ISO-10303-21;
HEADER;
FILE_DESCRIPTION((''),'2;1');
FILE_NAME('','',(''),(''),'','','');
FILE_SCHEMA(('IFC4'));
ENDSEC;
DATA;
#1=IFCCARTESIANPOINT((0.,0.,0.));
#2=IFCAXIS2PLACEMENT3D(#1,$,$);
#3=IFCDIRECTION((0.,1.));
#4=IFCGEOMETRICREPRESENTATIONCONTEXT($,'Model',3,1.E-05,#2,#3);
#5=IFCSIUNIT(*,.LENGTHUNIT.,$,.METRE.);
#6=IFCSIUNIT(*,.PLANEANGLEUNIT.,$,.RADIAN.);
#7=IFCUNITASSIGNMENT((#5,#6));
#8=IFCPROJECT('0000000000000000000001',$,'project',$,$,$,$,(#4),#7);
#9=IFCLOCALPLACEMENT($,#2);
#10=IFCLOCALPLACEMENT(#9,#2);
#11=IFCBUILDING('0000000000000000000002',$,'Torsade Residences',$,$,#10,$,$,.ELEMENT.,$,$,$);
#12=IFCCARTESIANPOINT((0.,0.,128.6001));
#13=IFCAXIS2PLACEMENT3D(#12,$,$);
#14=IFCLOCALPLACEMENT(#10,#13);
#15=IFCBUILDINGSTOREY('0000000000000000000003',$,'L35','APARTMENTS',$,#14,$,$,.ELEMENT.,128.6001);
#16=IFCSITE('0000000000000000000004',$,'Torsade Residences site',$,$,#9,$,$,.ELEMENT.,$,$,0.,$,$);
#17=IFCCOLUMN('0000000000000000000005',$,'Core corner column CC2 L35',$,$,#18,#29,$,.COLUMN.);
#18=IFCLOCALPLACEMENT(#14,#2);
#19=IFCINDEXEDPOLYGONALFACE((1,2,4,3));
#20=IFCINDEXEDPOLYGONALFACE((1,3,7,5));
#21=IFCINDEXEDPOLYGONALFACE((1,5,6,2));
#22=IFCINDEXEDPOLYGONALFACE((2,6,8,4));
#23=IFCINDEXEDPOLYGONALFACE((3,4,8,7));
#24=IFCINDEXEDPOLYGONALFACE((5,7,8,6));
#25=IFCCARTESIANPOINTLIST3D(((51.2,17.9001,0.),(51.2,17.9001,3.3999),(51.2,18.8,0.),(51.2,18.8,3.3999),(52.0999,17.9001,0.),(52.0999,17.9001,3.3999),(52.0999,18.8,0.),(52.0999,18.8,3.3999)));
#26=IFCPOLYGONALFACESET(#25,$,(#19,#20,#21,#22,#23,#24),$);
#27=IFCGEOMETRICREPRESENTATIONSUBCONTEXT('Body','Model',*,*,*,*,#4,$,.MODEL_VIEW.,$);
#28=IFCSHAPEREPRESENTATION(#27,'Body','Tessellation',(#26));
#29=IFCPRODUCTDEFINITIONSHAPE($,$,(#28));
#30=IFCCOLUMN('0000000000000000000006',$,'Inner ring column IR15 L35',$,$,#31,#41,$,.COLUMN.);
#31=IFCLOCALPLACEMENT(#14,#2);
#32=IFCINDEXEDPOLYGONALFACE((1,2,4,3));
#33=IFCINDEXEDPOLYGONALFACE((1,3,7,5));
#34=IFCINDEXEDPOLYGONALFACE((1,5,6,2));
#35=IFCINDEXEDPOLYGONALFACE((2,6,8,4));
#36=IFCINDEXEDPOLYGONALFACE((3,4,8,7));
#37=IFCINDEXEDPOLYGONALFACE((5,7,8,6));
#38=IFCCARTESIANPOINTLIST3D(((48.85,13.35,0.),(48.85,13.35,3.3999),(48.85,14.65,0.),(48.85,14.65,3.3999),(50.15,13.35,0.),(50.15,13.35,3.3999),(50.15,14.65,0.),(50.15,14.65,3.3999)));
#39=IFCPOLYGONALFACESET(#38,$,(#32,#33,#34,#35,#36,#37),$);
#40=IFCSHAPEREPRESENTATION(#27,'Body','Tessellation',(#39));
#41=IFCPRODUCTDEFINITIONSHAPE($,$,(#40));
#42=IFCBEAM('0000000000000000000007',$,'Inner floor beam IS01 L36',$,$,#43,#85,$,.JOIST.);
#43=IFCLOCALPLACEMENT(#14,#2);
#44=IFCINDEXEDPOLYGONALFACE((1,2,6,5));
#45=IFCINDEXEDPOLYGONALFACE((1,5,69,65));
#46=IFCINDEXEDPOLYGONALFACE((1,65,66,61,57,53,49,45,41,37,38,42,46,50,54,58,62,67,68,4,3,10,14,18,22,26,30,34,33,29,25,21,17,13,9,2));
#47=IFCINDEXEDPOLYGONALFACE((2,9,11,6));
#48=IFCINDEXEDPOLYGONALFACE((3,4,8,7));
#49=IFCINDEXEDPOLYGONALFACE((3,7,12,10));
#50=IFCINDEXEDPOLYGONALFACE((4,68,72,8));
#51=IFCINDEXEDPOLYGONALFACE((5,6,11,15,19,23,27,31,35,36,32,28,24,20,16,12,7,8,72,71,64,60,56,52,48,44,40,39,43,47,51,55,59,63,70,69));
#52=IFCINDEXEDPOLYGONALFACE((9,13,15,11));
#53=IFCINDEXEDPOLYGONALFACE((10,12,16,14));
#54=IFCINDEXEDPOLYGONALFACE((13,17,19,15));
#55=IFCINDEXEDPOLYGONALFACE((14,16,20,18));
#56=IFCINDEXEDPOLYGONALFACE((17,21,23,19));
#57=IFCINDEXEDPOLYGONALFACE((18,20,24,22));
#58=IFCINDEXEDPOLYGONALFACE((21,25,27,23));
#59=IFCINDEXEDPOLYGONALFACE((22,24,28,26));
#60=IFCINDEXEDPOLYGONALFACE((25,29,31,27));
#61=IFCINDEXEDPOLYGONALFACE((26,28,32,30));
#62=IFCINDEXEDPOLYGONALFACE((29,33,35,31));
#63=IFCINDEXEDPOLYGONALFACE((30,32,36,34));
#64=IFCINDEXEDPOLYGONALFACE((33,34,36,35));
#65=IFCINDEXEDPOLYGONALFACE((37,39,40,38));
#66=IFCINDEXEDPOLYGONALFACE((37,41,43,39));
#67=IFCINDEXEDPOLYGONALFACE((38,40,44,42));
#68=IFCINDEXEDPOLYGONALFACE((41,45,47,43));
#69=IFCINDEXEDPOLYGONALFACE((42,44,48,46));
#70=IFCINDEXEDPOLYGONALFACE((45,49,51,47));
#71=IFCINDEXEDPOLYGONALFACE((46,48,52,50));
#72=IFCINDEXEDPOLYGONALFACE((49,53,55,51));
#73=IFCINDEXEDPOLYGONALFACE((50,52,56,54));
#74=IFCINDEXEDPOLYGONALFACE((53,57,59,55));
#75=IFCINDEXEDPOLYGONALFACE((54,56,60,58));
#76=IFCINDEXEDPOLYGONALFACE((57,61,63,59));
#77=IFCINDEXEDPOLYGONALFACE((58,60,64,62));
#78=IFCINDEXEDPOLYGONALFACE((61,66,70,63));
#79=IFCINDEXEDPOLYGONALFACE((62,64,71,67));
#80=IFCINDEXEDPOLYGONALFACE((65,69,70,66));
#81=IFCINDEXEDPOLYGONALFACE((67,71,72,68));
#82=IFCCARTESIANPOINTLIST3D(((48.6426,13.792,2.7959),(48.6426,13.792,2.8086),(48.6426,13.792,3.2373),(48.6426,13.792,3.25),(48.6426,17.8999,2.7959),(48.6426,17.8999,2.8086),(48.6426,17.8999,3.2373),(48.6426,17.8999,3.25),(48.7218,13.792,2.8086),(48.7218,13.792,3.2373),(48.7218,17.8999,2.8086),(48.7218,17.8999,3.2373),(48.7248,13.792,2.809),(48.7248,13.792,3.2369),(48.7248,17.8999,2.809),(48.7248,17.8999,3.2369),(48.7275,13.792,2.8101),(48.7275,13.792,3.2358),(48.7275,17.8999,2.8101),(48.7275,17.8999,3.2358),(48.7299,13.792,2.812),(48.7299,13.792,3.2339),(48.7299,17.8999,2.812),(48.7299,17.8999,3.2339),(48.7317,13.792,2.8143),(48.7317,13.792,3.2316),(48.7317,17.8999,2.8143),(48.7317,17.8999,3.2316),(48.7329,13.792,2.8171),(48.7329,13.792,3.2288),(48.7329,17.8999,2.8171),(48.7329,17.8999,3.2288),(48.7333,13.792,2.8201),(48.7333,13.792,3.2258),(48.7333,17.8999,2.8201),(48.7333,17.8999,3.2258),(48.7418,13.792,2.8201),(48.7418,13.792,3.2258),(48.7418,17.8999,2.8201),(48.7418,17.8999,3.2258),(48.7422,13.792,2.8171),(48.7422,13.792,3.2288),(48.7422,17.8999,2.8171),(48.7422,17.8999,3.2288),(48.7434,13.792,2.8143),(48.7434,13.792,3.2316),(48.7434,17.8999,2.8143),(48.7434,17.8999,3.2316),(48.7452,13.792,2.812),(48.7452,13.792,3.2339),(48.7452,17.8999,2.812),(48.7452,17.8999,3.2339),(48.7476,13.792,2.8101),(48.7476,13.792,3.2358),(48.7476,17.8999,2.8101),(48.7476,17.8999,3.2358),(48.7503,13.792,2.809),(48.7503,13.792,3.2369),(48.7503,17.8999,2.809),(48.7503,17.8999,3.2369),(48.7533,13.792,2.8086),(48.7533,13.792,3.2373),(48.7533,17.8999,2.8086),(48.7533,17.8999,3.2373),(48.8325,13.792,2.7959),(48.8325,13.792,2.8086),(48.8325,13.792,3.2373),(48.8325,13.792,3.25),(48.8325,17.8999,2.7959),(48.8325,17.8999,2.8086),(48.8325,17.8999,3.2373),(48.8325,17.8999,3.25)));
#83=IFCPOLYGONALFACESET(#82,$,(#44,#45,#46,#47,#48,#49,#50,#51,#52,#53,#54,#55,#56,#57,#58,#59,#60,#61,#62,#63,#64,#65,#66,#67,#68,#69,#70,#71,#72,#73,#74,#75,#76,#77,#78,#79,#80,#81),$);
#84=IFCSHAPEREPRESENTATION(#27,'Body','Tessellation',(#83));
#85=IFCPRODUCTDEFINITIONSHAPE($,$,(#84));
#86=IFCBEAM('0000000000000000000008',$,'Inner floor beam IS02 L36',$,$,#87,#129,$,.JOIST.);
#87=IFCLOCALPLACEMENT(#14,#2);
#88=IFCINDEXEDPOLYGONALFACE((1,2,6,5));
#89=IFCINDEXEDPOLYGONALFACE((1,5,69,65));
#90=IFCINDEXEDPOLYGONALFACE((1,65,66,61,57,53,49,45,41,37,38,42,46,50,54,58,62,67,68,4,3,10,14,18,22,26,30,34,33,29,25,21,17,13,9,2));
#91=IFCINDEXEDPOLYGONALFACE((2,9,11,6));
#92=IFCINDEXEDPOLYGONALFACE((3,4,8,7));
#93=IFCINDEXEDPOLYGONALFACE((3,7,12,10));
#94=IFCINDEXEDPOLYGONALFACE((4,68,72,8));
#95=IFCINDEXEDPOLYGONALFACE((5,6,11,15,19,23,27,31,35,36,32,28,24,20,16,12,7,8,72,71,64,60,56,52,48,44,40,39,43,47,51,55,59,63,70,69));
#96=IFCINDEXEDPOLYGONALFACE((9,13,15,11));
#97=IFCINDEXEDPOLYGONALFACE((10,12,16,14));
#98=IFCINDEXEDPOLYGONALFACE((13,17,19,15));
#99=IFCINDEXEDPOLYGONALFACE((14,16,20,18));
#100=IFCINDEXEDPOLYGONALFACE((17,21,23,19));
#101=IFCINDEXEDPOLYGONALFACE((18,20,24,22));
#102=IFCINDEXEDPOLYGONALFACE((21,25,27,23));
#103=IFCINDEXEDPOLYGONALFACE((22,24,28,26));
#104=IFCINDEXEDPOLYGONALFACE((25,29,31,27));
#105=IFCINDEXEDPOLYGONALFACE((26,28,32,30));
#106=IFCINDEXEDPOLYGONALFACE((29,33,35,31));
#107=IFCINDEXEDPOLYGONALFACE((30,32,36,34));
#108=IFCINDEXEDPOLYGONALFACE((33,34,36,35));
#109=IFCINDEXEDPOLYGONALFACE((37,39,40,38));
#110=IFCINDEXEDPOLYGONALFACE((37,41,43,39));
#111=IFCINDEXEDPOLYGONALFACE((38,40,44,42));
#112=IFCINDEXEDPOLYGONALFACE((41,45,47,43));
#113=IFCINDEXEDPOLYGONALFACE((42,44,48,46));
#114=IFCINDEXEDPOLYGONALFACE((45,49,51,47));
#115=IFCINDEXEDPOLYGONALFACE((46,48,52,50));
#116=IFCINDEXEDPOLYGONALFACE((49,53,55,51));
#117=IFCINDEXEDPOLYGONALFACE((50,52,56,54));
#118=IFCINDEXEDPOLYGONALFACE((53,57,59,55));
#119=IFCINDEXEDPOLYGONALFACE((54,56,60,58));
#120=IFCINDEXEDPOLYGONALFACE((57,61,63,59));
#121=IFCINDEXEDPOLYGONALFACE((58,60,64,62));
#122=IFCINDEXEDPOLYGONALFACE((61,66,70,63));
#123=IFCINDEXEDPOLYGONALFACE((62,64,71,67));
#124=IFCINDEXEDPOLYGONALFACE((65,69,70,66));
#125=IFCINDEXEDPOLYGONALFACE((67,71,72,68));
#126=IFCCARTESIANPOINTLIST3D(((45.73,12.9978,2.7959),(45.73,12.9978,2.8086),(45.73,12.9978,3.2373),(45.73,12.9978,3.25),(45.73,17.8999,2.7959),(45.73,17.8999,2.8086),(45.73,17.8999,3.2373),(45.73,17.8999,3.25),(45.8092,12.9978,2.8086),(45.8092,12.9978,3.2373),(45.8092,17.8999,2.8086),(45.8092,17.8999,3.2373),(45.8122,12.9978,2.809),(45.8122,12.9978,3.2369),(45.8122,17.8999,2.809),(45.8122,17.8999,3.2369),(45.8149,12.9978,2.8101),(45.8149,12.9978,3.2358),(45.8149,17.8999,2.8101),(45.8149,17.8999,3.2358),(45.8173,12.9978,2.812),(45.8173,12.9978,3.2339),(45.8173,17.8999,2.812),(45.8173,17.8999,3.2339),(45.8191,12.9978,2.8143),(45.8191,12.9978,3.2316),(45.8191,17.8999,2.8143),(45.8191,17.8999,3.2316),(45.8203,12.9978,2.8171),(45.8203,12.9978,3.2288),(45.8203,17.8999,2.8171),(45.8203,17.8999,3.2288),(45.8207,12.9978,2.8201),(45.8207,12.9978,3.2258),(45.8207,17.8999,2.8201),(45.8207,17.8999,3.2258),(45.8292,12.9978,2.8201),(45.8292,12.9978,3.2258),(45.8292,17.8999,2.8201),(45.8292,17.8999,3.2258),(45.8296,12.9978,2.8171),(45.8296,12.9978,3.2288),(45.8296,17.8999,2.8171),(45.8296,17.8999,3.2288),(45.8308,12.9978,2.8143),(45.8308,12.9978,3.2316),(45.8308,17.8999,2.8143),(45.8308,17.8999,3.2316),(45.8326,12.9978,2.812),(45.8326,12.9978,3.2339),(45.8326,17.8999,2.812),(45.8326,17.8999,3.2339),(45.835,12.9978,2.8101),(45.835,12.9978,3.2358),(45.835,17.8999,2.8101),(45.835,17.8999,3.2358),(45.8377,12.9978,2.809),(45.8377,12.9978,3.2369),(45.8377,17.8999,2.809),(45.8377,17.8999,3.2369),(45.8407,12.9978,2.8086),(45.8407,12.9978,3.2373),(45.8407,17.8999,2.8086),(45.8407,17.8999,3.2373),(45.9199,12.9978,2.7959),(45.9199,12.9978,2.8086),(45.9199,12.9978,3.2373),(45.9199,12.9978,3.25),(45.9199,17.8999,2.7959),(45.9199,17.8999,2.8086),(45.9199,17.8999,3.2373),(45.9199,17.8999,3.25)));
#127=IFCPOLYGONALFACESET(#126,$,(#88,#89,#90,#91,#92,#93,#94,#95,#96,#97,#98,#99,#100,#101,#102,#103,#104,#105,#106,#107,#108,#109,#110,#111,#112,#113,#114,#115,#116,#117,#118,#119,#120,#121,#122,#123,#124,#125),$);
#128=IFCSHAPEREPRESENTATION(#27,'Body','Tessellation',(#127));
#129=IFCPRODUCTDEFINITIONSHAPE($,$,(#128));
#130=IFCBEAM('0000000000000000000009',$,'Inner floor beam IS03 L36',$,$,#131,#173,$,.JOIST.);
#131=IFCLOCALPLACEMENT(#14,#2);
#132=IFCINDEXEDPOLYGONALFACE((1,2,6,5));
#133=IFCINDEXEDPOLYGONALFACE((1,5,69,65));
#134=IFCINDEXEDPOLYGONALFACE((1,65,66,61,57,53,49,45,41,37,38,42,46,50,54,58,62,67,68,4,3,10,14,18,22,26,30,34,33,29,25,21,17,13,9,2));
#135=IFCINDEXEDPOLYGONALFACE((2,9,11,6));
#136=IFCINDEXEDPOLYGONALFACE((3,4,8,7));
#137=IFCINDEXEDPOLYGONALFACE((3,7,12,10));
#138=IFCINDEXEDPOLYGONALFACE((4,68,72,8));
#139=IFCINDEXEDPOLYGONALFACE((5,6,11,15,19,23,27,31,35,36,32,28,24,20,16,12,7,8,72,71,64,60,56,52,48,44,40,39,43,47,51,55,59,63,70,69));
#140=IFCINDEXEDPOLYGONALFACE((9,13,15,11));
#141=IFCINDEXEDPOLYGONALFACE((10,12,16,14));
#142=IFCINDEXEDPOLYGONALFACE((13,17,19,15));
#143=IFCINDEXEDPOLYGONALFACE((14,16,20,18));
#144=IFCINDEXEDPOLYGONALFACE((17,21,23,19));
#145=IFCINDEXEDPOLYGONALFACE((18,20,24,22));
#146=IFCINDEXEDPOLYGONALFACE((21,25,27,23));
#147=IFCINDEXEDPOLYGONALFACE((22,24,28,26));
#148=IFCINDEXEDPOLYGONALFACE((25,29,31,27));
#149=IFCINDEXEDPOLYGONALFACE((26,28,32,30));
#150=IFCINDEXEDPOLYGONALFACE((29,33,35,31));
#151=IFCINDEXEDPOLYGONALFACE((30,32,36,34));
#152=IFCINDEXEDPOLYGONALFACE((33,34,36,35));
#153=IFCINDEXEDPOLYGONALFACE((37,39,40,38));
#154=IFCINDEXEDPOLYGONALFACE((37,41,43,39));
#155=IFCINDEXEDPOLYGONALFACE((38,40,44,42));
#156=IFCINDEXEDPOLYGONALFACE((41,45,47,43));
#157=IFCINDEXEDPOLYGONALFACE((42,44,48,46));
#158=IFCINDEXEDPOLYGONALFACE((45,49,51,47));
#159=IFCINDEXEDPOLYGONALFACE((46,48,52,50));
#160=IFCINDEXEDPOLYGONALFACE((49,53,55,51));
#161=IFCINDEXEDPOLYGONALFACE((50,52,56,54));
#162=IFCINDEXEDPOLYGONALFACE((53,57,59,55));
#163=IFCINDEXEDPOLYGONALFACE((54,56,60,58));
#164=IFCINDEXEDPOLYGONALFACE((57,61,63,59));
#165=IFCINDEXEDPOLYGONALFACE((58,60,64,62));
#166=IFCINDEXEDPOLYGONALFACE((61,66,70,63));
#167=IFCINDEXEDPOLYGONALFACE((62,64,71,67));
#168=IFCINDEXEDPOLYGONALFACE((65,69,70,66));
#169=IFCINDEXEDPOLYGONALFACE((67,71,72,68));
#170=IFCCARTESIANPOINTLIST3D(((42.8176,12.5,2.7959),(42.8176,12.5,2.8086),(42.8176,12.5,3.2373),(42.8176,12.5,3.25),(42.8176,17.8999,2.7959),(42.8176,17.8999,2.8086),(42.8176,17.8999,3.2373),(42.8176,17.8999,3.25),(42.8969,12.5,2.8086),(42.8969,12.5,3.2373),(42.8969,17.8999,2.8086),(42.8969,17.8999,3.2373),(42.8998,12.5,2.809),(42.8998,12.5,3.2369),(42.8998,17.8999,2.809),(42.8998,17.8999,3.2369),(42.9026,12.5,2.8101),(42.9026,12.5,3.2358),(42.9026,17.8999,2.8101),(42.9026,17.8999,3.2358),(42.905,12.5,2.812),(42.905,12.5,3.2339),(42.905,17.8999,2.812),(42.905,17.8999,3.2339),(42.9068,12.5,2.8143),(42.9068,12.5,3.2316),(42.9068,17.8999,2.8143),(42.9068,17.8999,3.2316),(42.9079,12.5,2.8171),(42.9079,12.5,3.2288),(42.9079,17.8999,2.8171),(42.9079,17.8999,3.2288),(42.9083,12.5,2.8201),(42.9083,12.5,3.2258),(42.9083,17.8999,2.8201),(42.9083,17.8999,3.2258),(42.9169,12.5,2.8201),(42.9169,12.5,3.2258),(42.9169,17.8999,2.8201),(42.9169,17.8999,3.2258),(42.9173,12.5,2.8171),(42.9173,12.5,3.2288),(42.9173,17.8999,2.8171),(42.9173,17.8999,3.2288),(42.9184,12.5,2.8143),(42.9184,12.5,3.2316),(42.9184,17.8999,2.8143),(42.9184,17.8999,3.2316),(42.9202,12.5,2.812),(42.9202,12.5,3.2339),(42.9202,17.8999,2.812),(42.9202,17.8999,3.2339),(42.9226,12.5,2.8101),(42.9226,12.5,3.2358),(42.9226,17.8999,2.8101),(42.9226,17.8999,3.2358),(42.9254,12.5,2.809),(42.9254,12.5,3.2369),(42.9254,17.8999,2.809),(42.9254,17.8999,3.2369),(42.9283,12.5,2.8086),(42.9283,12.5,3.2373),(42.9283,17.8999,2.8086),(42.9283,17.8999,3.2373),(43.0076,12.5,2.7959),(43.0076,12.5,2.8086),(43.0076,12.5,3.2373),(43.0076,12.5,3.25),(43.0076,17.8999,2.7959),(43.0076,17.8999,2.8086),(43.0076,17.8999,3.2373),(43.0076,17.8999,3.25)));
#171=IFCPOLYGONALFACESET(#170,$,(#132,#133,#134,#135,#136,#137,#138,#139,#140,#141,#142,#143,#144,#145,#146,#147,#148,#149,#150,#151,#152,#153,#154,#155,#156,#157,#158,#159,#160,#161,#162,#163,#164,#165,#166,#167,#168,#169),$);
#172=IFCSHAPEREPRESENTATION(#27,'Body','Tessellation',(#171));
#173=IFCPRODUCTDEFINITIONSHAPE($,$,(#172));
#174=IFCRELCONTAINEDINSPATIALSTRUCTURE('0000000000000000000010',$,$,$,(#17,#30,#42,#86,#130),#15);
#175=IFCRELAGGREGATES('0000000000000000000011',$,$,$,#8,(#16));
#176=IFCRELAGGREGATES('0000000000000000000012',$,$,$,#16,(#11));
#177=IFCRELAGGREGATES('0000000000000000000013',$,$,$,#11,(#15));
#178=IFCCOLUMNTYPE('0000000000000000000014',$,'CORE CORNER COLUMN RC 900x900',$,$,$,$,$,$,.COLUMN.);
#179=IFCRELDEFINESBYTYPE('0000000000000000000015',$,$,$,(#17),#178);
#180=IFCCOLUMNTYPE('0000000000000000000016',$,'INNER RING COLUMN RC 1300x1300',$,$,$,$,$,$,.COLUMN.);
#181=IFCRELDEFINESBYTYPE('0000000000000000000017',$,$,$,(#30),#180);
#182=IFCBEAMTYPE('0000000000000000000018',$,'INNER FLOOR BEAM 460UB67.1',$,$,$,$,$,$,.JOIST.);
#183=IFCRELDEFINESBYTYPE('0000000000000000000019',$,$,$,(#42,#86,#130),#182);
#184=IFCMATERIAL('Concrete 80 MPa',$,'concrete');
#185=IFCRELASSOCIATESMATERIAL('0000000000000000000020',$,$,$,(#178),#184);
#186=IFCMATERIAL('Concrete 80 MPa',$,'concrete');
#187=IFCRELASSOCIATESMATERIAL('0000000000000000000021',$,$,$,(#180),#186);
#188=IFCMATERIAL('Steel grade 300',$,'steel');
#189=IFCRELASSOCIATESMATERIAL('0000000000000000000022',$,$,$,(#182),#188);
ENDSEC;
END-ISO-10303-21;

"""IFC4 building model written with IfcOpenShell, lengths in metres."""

from ifc_helpers import new_model, si_unit, direction, frame, origin, origin_2d, place, context, subcontext, project, spatial, rectangle, i_section, extrude, material, material_profile, profile_set, type_object, element, save


model = new_model("IFC4")

# Units and contexts
model_context = context("Model", 3, precision=1e-05, world=origin(), true_north=direction((0.0, 1.0)))
body_context = subcontext(model_context, "Body", "Model", "MODEL_VIEW")
ifc_project = project(units=[si_unit("LENGTHUNIT", "METRE"), si_unit("PLANEANGLEUNIT", "RADIAN")], contexts=[model_context])

# Site, building, storey
site_placement = place(None, origin())
site = spatial("IfcSite", under=ifc_project, at=site_placement, Name="Torsade Residences site", CompositionType="ELEMENT", RefElevation=0.0)
building_placement = place(site_placement, origin())
building = spatial("IfcBuilding", under=site, at=building_placement, Name="Torsade Residences", CompositionType="ELEMENT")
storey_placement = place(building_placement, frame((0.0, 0.0, 128.6001)))
storey = spatial("IfcBuildingStorey", under=building, at=storey_placement, Name="L35", Description="APARTMENTS", CompositionType="ELEMENT", Elevation=128.6001)

# Columns
ifc_material_1 = material(Name="Concrete 80 MPa", Category="concrete")
ifc_material_profile_1 = material_profile(ifc_material_1, rectangle(XDim=0.8999, YDim=0.8999, at=origin_2d()), Name="RC 900x900")
ifc_profile_set_1 = profile_set([ifc_material_profile_1], Name="Concrete 80 MPa")
column_type_1 = type_object("IfcColumnType", Name="CORE CORNER COLUMN RC 900x900", PredefinedType="COLUMN", material=ifc_profile_set_1)
column_1_placement = place(storey_placement, frame((51.6499, 18.3501, 0.0), z_axis=(0.0, 0.0, 1.0), x_axis=(1.0, 0.0, 0.0)))
element("IfcColumn", 1, at=column_1_placement, inside=storey, type_object=column_type_1, Name="Core corner column CC2 L35", PredefinedType="COLUMN", context=body_context, shape_type="SweptSolid", body=[
    extrude(rectangle(XDim=0.8999, YDim=0.8999, at=origin_2d()), origin(), (0.0, 0.0, 1.0), 3.3999),
])
ifc_material_2 = material(Name="Concrete 80 MPa", Category="concrete")
ifc_material_profile_2 = material_profile(ifc_material_2, rectangle(XDim=1.3, YDim=1.3, at=origin_2d()), Name="RC 1300x1300")
ifc_profile_set_2 = profile_set([ifc_material_profile_2], Name="Concrete 80 MPa")
column_type_2 = type_object("IfcColumnType", Name="INNER RING COLUMN RC 1300x1300", PredefinedType="COLUMN", material=ifc_profile_set_2)
column_2_placement = place(storey_placement, frame((49.5, 14.0, 0.0), z_axis=(0.0, 0.0, 1.0), x_axis=(1.0, 0.0, 0.0)))
element("IfcColumn", 2, at=column_2_placement, inside=storey, type_object=column_type_2, Name="Inner ring column IR15 L35", PredefinedType="COLUMN", context=body_context, shape_type="SweptSolid", body=[
    extrude(rectangle(XDim=1.3, YDim=1.3, at=origin_2d()), origin(), (0.0, 0.0, 1.0), 3.3999),
])

# Beams
ifc_material_3 = material(Name="Steel grade 300", Category="steel")
ifc_material_profile_3 = material_profile(ifc_material_3, i_section(OverallWidth=0.1899, OverallDepth=0.4541, WebThickness=0.0085, FlangeThickness=0.0127, FilletRadius=0.0115, at=origin_2d()), Name="460UB67.1")
ifc_profile_set_3 = profile_set([ifc_material_profile_3], Name="Steel grade 300")
beam_type_1 = type_object("IfcBeamType", Name="INNER FLOOR BEAM 460UB67.1", PredefinedType="JOIST", material=ifc_profile_set_3)
beam_1_placement = place(storey_placement, frame((48.7375, 17.8999, 3.0229), z_axis=(0.0, -1.0, 0.0), x_axis=(1.0, 0.0, 0.0)))
element("IfcBeam", 3, at=beam_1_placement, inside=storey, type_object=beam_type_1, Name="Inner floor beam IS01 L36", PredefinedType="JOIST", context=body_context, shape_type="SweptSolid", body=[
    extrude(i_section(OverallWidth=0.1899, OverallDepth=0.4541, WebThickness=0.0085, FlangeThickness=0.0127, FilletRadius=0.0115, at=origin_2d()), origin(), (0.0, 0.0, 1.0), 4.1079),
])
beam_2_placement = place(storey_placement, frame((45.825, 17.8999, 3.0229), z_axis=(0.0, -1.0, 0.0), x_axis=(1.0, 0.0, 0.0)))
element("IfcBeam", 4, at=beam_2_placement, inside=storey, type_object=beam_type_1, Name="Inner floor beam IS02 L36", PredefinedType="JOIST", context=body_context, shape_type="SweptSolid", body=[
    extrude(i_section(OverallWidth=0.1899, OverallDepth=0.4541, WebThickness=0.0085, FlangeThickness=0.0127, FilletRadius=0.0115, at=origin_2d()), origin(), (0.0, 0.0, 1.0), 4.9021),
])
for number, where, z_axis, x_axis, name in (
    (5, (42.9126, 17.8999, 3.0229), (0.0, -1.0, 0.0), (1.0, 0.0, 0.0), "Inner floor beam IS03 L36"),
):
    element("IfcBeam", number, at=place(storey_placement, frame(where, z_axis=z_axis, x_axis=x_axis)), inside=storey, type_object=beam_type_1, Name=name, PredefinedType="JOIST", context=body_context, shape_type="SweptSolid", body=[
        extrude(i_section(OverallWidth=0.1899, OverallDepth=0.4541, WebThickness=0.0085, FlangeThickness=0.0127, FilletRadius=0.0115, at=origin_2d()), origin(), (0.0, 0.0, 1.0), 5.3999),
    ])

save(model, "model.ifc")
